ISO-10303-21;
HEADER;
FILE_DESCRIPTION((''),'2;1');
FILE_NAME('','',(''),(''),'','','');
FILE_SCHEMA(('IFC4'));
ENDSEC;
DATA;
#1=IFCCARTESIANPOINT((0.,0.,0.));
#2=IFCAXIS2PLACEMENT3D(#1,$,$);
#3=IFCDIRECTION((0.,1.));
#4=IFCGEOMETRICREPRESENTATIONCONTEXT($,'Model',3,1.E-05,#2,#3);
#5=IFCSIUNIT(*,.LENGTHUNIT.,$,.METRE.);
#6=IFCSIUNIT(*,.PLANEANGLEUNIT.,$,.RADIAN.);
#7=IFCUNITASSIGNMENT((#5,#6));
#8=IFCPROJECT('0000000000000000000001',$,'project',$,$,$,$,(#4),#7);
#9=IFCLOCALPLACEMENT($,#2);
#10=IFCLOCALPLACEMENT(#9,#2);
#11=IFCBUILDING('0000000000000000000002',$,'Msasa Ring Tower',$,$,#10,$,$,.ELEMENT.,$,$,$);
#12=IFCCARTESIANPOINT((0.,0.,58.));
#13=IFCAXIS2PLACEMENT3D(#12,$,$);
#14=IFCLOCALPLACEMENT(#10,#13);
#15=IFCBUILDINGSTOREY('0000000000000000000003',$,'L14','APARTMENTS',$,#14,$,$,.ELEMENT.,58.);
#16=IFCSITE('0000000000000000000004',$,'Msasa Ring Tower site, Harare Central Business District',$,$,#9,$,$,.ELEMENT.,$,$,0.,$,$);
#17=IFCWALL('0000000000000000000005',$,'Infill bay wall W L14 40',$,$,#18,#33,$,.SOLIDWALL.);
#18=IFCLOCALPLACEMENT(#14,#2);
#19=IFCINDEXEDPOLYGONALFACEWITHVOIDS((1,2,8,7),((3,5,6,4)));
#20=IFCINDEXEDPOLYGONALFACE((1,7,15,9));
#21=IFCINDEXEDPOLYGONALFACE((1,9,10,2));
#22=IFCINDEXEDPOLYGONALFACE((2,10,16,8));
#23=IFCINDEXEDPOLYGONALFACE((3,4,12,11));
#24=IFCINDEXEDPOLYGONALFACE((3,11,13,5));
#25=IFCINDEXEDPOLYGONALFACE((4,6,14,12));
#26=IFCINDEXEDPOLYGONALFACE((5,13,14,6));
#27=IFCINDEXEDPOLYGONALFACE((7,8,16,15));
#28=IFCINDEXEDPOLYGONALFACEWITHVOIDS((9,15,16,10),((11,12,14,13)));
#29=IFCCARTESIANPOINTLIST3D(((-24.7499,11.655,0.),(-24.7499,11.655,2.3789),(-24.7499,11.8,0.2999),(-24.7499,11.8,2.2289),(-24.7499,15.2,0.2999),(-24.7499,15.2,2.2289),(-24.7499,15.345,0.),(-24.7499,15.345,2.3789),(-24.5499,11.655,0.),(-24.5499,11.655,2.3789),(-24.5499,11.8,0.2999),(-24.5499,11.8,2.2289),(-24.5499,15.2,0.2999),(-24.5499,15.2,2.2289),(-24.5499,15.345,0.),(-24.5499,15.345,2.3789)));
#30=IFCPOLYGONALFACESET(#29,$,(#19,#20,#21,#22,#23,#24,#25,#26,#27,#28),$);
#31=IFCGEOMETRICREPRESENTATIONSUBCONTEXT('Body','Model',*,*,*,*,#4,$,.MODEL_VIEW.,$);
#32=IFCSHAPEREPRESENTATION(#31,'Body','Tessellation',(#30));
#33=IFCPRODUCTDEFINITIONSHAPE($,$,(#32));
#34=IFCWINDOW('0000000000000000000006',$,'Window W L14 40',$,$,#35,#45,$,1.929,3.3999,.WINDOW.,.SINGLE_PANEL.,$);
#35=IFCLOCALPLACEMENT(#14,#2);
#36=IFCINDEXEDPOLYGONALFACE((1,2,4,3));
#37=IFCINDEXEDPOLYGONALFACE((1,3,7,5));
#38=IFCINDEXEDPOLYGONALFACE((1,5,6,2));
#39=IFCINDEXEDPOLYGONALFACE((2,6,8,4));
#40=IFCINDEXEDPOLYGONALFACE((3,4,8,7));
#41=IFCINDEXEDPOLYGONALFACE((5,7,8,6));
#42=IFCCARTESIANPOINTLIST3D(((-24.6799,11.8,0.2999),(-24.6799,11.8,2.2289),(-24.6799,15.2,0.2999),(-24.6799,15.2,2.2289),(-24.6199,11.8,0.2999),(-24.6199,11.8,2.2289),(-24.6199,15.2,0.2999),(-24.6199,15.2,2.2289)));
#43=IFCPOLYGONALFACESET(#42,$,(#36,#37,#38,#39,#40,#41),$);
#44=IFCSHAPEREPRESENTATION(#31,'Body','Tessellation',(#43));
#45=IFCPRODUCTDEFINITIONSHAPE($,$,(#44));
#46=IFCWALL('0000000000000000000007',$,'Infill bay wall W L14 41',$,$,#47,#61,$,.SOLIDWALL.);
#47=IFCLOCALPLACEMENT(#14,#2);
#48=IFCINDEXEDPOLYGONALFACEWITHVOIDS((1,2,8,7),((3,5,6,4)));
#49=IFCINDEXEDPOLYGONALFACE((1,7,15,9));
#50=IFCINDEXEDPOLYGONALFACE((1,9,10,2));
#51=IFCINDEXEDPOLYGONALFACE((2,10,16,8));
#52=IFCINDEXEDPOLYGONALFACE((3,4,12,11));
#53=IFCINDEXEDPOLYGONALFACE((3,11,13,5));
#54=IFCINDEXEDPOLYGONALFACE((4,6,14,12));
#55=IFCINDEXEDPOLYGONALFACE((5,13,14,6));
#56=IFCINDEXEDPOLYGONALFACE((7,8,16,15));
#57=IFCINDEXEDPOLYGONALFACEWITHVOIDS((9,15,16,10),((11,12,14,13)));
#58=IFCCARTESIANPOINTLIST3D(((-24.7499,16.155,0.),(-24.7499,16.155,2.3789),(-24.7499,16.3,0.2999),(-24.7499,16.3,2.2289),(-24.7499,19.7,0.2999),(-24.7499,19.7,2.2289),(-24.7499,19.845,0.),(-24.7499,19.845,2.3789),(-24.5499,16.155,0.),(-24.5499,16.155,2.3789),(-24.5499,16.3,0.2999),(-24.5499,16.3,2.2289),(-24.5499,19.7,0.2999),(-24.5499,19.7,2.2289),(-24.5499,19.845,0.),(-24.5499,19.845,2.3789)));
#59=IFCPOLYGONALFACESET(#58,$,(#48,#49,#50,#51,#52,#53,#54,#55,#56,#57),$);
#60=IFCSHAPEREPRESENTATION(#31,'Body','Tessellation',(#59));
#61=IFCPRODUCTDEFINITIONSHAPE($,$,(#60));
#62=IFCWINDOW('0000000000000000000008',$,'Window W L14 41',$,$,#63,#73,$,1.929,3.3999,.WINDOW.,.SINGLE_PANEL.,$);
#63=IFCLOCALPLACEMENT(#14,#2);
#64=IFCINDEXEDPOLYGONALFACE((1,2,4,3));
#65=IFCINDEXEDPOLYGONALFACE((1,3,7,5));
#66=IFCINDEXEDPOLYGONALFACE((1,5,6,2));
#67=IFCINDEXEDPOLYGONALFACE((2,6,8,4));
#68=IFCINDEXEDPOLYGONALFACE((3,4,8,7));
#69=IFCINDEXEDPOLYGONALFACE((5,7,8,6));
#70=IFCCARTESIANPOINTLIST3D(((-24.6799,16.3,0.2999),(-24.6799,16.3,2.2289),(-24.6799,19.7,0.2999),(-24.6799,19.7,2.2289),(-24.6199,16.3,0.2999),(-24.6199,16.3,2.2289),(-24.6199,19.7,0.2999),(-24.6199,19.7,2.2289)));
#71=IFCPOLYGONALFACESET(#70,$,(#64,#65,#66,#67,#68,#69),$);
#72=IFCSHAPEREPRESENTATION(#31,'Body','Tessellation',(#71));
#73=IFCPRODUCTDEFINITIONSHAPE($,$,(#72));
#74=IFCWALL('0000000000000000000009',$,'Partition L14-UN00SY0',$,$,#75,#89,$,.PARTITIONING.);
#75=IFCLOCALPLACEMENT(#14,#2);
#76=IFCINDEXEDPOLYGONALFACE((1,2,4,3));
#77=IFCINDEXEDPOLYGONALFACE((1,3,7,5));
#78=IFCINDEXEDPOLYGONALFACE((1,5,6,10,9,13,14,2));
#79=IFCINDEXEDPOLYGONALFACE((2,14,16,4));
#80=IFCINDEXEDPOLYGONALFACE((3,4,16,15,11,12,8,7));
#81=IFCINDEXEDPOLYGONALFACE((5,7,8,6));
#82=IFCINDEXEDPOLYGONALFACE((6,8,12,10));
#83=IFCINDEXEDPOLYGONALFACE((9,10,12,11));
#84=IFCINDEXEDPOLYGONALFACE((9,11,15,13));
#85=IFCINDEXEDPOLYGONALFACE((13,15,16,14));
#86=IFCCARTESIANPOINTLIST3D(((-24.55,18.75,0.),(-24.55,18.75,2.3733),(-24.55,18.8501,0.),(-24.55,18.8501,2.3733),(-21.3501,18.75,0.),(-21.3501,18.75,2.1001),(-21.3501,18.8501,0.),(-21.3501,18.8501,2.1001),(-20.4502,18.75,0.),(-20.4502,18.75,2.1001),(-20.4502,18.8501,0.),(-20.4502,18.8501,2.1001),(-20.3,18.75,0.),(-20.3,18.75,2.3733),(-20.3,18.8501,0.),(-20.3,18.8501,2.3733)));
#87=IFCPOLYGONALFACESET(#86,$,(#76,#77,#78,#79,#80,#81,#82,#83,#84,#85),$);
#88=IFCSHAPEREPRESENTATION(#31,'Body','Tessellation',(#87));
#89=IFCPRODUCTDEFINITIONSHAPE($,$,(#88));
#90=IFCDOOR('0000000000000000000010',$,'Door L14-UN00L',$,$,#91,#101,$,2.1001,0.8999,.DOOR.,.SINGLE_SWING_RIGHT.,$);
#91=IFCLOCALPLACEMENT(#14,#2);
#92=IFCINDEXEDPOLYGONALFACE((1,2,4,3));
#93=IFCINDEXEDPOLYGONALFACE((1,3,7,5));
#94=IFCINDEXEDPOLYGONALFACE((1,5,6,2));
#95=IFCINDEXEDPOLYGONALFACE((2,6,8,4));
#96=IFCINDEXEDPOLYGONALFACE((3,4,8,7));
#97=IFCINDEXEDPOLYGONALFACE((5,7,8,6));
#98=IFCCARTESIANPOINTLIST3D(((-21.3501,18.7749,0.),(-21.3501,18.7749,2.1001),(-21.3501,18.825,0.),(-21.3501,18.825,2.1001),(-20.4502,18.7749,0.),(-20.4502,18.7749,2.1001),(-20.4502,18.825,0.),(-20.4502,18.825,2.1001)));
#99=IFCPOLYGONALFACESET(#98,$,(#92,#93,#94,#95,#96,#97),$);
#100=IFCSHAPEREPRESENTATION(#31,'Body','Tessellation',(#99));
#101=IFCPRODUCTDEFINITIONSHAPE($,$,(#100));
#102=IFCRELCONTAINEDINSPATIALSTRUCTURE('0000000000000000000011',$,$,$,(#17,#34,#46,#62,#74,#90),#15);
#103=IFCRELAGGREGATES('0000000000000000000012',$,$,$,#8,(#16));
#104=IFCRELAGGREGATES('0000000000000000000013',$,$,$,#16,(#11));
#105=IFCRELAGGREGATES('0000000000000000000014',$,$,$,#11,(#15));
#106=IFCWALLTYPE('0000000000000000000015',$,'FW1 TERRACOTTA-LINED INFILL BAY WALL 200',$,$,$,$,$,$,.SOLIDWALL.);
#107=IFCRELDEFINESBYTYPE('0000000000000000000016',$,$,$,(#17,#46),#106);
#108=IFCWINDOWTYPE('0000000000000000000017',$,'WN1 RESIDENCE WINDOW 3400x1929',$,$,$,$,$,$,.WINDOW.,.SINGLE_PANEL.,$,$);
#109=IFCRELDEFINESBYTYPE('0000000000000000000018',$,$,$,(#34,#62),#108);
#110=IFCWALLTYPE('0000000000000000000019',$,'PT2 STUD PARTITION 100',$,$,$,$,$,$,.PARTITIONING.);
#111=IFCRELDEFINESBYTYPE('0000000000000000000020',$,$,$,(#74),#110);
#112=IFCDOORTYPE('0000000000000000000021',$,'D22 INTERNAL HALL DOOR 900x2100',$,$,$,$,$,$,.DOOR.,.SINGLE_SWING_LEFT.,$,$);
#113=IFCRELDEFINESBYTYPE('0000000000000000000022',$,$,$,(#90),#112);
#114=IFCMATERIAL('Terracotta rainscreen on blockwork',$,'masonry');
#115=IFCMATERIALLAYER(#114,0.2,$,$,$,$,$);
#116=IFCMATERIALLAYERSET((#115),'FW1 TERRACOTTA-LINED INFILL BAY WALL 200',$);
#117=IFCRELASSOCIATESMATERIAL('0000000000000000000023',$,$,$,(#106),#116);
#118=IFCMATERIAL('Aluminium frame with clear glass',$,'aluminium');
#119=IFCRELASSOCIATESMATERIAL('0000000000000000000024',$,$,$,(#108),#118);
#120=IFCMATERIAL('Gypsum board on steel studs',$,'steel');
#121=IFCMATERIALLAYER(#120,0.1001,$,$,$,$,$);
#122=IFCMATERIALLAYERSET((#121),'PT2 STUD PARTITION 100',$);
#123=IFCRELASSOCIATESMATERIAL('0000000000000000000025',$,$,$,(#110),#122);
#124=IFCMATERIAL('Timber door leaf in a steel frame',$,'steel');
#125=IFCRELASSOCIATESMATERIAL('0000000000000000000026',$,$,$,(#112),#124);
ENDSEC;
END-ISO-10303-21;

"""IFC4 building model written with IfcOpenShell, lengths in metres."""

from ifc_helpers import new_model, si_unit, direction, frame, frame_2d, origin, place, context, subcontext, project, spatial, rectangle, extrude, material, layer, layer_set, type_object, element, fill, save


model = new_model("IFC4")

# Units and contexts
model_context = context("Model", 3, precision=1e-05, world=origin(), true_north=direction((0.0, 1.0)))
body_context = subcontext(model_context, "Body", "Model", "MODEL_VIEW")
ifc_project = project(units=[si_unit("LENGTHUNIT", "METRE"), si_unit("PLANEANGLEUNIT", "RADIAN")], contexts=[model_context])

# Site, building, storey
site_placement = place(None, origin())
site = spatial("IfcSite", under=ifc_project, at=site_placement, Name="Msasa Ring Tower site, Harare Central Business District", CompositionType="ELEMENT", RefElevation=0.0)
building_placement = place(site_placement, origin())
building = spatial("IfcBuilding", under=site, at=building_placement, Name="Msasa Ring Tower", CompositionType="ELEMENT")
storey_placement = place(building_placement, frame((0.0, 0.0, 58.0)))
storey = spatial("IfcBuildingStorey", under=building, at=storey_placement, Name="L14", Description="APARTMENTS", CompositionType="ELEMENT", Elevation=58.0)

# Walls, openings, windows
ifc_material_1 = material(Name="Terracotta rainscreen on blockwork", Category="masonry")
ifc_layer_1 = layer(ifc_material_1, 0.2)
ifc_layer_set_1 = layer_set([ifc_layer_1], Name="FW1 TERRACOTTA-LINED INFILL BAY WALL 200")
wall_type_1 = type_object("IfcWallType", Name="FW1 TERRACOTTA-LINED INFILL BAY WALL 200", PredefinedType="SOLIDWALL", material=ifc_layer_set_1)
wall_1_placement = place(storey_placement, frame((-24.6499, 11.655, 0.0), z_axis=(0.0, 0.0, 1.0), x_axis=(0.0, 1.0, 0.0)))
wall_1 = element("IfcWall", 1, at=wall_1_placement, inside=storey, type_object=wall_type_1, Name="Infill bay wall W L14 40", PredefinedType="SOLIDWALL", context=body_context, shape_type="SweptSolid", body=[
    extrude(rectangle(XDim=3.6899, YDim=0.2, at=frame_2d((1.845, 0.0))), origin(), (0.0, 0.0, 1.0), 2.3789),
])
opening_1_placement = place(wall_1_placement, frame((0.145, 0.0, 0.3)))
opening_1 = element("IfcOpeningElement", 2, at=opening_1_placement, cuts=wall_1, PredefinedType="OPENING", context=body_context, shape_type="SweptSolid", body=[
    extrude(rectangle(XDim=3.3999, YDim=1.929, at=frame_2d((1.7, 0.9644))), frame((0.0, 0.1099, 0.0), z_axis=(0.0, -1.0, 0.0), x_axis=(1.0, 0.0, 0.0)), (0.0, 0.0, 1.0), 0.22),
])
ifc_material_2 = material(Name="Aluminium frame with clear glass", Category="aluminium")
window_type = type_object("IfcWindowType", Name="WN1 RESIDENCE WINDOW 3400x1929", PartitioningType="SINGLE_PANEL", PredefinedType="WINDOW", material=ifc_material_2)
window_1_placement = place(opening_1_placement, origin())
window_1 = element("IfcWindow", 3, at=window_1_placement, inside=storey, type_object=window_type, Name="Window W L14 40", OverallHeight=1.929, OverallWidth=3.3999, PartitioningType="SINGLE_PANEL", PredefinedType="WINDOW", context=body_context, shape_type="SweptSolid", body=[
    extrude(rectangle(XDim=3.3999, YDim=1.929, at=frame_2d((1.7, 0.9644))), frame((0.0, 0.03, 0.0), z_axis=(0.0, -1.0, 0.0), x_axis=(1.0, 0.0, 0.0)), (0.0, 0.0, 1.0), 0.0601),
])
fill(opening_1, window_1)
wall_2_placement = place(storey_placement, frame((-24.6499, 16.155, 0.0), z_axis=(0.0, 0.0, 1.0), x_axis=(0.0, 1.0, 0.0)))
wall_2 = element("IfcWall", 4, at=wall_2_placement, inside=storey, type_object=wall_type_1, Name="Infill bay wall W L14 41", PredefinedType="SOLIDWALL", context=body_context, shape_type="SweptSolid", body=[
    extrude(rectangle(XDim=3.6899, YDim=0.2, at=frame_2d((1.845, 0.0))), origin(), (0.0, 0.0, 1.0), 2.3789),
])
opening_2_placement = place(wall_2_placement, frame((0.145, 0.0, 0.3)))
opening_2 = element("IfcOpeningElement", 5, at=opening_2_placement, cuts=wall_2, PredefinedType="OPENING", context=body_context, shape_type="SweptSolid", body=[
    extrude(rectangle(XDim=3.3999, YDim=1.929, at=frame_2d((1.7, 0.9644))), frame((0.0, 0.1099, 0.0), z_axis=(0.0, -1.0, 0.0), x_axis=(1.0, 0.0, 0.0)), (0.0, 0.0, 1.0), 0.22),
])
window_2_placement = place(opening_2_placement, origin())
window_2 = element("IfcWindow", 6, at=window_2_placement, inside=storey, type_object=window_type, Name="Window W L14 41", OverallHeight=1.929, OverallWidth=3.3999, PartitioningType="SINGLE_PANEL", PredefinedType="WINDOW", context=body_context, shape_type="SweptSolid", body=[
    extrude(rectangle(XDim=3.3999, YDim=1.929, at=frame_2d((1.7, 0.9644))), frame((0.0, 0.03, 0.0), z_axis=(0.0, -1.0, 0.0), x_axis=(1.0, 0.0, 0.0)), (0.0, 0.0, 1.0), 0.0601),
])
fill(opening_2, window_2)

# Wall, opening, door
ifc_material_3 = material(Name="Gypsum board on steel studs", Category="steel")
ifc_layer_2 = layer(ifc_material_3, 0.1001)
ifc_layer_set_2 = layer_set([ifc_layer_2], Name="PT2 STUD PARTITION 100")
wall_type_2 = type_object("IfcWallType", Name="PT2 STUD PARTITION 100", PredefinedType="PARTITIONING", material=ifc_layer_set_2)
wall_3_placement = place(storey_placement, frame((-24.55, 18.8, 0.0), z_axis=(0.0, 0.0, 1.0), x_axis=(1.0, 0.0, 0.0)))
wall_3 = element("IfcWall", 7, at=wall_3_placement, inside=storey, type_object=wall_type_2, Name="Partition L14-UN00SY0", PredefinedType="PARTITIONING", context=body_context, shape_type="SweptSolid", body=[
    extrude(rectangle(XDim=4.25, YDim=0.1001, at=frame_2d((2.125, 0.0))), origin(), (0.0, 0.0, 1.0), 2.3733),
])
opening_3_placement = place(wall_3_placement, frame((3.2, 0.0, 0.0)))
opening_3 = element("IfcOpeningElement", 8, at=opening_3_placement, cuts=wall_3, PredefinedType="OPENING", context=body_context, shape_type="SweptSolid", body=[
    extrude(rectangle(XDim=0.8999, YDim=2.1001, at=frame_2d((0.45, 1.05))), frame((0.0, 0.0601, 0.0), z_axis=(0.0, -1.0, 0.0), x_axis=(1.0, 0.0, 0.0)), (0.0, 0.0, 1.0), 0.1201),
])
ifc_material_4 = material(Name="Timber door leaf in a steel frame", Category="steel")
door_type = type_object("IfcDoorType", Name="D22 INTERNAL HALL DOOR 900x2100", OperationType="SINGLE_SWING_LEFT", PredefinedType="DOOR", material=ifc_material_4)
door_placement = place(opening_3_placement, origin())
door = element("IfcDoor", 9, at=door_placement, inside=storey, type_object=door_type, Name="Door L14-UN00L", OperationType="SINGLE_SWING_RIGHT", OverallHeight=2.1001, OverallWidth=0.8999, PredefinedType="DOOR", context=body_context, shape_type="SweptSolid", body=[
    extrude(rectangle(XDim=0.8999, YDim=2.1001, at=frame_2d((0.45, 1.05))), frame((0.0, 0.0249, 0.0), z_axis=(0.0, -1.0, 0.0), x_axis=(1.0, 0.0, 0.0)), (0.0, 0.0, 1.0), 0.05),
])
fill(opening_3, door)

save(model, "model.ifc")
